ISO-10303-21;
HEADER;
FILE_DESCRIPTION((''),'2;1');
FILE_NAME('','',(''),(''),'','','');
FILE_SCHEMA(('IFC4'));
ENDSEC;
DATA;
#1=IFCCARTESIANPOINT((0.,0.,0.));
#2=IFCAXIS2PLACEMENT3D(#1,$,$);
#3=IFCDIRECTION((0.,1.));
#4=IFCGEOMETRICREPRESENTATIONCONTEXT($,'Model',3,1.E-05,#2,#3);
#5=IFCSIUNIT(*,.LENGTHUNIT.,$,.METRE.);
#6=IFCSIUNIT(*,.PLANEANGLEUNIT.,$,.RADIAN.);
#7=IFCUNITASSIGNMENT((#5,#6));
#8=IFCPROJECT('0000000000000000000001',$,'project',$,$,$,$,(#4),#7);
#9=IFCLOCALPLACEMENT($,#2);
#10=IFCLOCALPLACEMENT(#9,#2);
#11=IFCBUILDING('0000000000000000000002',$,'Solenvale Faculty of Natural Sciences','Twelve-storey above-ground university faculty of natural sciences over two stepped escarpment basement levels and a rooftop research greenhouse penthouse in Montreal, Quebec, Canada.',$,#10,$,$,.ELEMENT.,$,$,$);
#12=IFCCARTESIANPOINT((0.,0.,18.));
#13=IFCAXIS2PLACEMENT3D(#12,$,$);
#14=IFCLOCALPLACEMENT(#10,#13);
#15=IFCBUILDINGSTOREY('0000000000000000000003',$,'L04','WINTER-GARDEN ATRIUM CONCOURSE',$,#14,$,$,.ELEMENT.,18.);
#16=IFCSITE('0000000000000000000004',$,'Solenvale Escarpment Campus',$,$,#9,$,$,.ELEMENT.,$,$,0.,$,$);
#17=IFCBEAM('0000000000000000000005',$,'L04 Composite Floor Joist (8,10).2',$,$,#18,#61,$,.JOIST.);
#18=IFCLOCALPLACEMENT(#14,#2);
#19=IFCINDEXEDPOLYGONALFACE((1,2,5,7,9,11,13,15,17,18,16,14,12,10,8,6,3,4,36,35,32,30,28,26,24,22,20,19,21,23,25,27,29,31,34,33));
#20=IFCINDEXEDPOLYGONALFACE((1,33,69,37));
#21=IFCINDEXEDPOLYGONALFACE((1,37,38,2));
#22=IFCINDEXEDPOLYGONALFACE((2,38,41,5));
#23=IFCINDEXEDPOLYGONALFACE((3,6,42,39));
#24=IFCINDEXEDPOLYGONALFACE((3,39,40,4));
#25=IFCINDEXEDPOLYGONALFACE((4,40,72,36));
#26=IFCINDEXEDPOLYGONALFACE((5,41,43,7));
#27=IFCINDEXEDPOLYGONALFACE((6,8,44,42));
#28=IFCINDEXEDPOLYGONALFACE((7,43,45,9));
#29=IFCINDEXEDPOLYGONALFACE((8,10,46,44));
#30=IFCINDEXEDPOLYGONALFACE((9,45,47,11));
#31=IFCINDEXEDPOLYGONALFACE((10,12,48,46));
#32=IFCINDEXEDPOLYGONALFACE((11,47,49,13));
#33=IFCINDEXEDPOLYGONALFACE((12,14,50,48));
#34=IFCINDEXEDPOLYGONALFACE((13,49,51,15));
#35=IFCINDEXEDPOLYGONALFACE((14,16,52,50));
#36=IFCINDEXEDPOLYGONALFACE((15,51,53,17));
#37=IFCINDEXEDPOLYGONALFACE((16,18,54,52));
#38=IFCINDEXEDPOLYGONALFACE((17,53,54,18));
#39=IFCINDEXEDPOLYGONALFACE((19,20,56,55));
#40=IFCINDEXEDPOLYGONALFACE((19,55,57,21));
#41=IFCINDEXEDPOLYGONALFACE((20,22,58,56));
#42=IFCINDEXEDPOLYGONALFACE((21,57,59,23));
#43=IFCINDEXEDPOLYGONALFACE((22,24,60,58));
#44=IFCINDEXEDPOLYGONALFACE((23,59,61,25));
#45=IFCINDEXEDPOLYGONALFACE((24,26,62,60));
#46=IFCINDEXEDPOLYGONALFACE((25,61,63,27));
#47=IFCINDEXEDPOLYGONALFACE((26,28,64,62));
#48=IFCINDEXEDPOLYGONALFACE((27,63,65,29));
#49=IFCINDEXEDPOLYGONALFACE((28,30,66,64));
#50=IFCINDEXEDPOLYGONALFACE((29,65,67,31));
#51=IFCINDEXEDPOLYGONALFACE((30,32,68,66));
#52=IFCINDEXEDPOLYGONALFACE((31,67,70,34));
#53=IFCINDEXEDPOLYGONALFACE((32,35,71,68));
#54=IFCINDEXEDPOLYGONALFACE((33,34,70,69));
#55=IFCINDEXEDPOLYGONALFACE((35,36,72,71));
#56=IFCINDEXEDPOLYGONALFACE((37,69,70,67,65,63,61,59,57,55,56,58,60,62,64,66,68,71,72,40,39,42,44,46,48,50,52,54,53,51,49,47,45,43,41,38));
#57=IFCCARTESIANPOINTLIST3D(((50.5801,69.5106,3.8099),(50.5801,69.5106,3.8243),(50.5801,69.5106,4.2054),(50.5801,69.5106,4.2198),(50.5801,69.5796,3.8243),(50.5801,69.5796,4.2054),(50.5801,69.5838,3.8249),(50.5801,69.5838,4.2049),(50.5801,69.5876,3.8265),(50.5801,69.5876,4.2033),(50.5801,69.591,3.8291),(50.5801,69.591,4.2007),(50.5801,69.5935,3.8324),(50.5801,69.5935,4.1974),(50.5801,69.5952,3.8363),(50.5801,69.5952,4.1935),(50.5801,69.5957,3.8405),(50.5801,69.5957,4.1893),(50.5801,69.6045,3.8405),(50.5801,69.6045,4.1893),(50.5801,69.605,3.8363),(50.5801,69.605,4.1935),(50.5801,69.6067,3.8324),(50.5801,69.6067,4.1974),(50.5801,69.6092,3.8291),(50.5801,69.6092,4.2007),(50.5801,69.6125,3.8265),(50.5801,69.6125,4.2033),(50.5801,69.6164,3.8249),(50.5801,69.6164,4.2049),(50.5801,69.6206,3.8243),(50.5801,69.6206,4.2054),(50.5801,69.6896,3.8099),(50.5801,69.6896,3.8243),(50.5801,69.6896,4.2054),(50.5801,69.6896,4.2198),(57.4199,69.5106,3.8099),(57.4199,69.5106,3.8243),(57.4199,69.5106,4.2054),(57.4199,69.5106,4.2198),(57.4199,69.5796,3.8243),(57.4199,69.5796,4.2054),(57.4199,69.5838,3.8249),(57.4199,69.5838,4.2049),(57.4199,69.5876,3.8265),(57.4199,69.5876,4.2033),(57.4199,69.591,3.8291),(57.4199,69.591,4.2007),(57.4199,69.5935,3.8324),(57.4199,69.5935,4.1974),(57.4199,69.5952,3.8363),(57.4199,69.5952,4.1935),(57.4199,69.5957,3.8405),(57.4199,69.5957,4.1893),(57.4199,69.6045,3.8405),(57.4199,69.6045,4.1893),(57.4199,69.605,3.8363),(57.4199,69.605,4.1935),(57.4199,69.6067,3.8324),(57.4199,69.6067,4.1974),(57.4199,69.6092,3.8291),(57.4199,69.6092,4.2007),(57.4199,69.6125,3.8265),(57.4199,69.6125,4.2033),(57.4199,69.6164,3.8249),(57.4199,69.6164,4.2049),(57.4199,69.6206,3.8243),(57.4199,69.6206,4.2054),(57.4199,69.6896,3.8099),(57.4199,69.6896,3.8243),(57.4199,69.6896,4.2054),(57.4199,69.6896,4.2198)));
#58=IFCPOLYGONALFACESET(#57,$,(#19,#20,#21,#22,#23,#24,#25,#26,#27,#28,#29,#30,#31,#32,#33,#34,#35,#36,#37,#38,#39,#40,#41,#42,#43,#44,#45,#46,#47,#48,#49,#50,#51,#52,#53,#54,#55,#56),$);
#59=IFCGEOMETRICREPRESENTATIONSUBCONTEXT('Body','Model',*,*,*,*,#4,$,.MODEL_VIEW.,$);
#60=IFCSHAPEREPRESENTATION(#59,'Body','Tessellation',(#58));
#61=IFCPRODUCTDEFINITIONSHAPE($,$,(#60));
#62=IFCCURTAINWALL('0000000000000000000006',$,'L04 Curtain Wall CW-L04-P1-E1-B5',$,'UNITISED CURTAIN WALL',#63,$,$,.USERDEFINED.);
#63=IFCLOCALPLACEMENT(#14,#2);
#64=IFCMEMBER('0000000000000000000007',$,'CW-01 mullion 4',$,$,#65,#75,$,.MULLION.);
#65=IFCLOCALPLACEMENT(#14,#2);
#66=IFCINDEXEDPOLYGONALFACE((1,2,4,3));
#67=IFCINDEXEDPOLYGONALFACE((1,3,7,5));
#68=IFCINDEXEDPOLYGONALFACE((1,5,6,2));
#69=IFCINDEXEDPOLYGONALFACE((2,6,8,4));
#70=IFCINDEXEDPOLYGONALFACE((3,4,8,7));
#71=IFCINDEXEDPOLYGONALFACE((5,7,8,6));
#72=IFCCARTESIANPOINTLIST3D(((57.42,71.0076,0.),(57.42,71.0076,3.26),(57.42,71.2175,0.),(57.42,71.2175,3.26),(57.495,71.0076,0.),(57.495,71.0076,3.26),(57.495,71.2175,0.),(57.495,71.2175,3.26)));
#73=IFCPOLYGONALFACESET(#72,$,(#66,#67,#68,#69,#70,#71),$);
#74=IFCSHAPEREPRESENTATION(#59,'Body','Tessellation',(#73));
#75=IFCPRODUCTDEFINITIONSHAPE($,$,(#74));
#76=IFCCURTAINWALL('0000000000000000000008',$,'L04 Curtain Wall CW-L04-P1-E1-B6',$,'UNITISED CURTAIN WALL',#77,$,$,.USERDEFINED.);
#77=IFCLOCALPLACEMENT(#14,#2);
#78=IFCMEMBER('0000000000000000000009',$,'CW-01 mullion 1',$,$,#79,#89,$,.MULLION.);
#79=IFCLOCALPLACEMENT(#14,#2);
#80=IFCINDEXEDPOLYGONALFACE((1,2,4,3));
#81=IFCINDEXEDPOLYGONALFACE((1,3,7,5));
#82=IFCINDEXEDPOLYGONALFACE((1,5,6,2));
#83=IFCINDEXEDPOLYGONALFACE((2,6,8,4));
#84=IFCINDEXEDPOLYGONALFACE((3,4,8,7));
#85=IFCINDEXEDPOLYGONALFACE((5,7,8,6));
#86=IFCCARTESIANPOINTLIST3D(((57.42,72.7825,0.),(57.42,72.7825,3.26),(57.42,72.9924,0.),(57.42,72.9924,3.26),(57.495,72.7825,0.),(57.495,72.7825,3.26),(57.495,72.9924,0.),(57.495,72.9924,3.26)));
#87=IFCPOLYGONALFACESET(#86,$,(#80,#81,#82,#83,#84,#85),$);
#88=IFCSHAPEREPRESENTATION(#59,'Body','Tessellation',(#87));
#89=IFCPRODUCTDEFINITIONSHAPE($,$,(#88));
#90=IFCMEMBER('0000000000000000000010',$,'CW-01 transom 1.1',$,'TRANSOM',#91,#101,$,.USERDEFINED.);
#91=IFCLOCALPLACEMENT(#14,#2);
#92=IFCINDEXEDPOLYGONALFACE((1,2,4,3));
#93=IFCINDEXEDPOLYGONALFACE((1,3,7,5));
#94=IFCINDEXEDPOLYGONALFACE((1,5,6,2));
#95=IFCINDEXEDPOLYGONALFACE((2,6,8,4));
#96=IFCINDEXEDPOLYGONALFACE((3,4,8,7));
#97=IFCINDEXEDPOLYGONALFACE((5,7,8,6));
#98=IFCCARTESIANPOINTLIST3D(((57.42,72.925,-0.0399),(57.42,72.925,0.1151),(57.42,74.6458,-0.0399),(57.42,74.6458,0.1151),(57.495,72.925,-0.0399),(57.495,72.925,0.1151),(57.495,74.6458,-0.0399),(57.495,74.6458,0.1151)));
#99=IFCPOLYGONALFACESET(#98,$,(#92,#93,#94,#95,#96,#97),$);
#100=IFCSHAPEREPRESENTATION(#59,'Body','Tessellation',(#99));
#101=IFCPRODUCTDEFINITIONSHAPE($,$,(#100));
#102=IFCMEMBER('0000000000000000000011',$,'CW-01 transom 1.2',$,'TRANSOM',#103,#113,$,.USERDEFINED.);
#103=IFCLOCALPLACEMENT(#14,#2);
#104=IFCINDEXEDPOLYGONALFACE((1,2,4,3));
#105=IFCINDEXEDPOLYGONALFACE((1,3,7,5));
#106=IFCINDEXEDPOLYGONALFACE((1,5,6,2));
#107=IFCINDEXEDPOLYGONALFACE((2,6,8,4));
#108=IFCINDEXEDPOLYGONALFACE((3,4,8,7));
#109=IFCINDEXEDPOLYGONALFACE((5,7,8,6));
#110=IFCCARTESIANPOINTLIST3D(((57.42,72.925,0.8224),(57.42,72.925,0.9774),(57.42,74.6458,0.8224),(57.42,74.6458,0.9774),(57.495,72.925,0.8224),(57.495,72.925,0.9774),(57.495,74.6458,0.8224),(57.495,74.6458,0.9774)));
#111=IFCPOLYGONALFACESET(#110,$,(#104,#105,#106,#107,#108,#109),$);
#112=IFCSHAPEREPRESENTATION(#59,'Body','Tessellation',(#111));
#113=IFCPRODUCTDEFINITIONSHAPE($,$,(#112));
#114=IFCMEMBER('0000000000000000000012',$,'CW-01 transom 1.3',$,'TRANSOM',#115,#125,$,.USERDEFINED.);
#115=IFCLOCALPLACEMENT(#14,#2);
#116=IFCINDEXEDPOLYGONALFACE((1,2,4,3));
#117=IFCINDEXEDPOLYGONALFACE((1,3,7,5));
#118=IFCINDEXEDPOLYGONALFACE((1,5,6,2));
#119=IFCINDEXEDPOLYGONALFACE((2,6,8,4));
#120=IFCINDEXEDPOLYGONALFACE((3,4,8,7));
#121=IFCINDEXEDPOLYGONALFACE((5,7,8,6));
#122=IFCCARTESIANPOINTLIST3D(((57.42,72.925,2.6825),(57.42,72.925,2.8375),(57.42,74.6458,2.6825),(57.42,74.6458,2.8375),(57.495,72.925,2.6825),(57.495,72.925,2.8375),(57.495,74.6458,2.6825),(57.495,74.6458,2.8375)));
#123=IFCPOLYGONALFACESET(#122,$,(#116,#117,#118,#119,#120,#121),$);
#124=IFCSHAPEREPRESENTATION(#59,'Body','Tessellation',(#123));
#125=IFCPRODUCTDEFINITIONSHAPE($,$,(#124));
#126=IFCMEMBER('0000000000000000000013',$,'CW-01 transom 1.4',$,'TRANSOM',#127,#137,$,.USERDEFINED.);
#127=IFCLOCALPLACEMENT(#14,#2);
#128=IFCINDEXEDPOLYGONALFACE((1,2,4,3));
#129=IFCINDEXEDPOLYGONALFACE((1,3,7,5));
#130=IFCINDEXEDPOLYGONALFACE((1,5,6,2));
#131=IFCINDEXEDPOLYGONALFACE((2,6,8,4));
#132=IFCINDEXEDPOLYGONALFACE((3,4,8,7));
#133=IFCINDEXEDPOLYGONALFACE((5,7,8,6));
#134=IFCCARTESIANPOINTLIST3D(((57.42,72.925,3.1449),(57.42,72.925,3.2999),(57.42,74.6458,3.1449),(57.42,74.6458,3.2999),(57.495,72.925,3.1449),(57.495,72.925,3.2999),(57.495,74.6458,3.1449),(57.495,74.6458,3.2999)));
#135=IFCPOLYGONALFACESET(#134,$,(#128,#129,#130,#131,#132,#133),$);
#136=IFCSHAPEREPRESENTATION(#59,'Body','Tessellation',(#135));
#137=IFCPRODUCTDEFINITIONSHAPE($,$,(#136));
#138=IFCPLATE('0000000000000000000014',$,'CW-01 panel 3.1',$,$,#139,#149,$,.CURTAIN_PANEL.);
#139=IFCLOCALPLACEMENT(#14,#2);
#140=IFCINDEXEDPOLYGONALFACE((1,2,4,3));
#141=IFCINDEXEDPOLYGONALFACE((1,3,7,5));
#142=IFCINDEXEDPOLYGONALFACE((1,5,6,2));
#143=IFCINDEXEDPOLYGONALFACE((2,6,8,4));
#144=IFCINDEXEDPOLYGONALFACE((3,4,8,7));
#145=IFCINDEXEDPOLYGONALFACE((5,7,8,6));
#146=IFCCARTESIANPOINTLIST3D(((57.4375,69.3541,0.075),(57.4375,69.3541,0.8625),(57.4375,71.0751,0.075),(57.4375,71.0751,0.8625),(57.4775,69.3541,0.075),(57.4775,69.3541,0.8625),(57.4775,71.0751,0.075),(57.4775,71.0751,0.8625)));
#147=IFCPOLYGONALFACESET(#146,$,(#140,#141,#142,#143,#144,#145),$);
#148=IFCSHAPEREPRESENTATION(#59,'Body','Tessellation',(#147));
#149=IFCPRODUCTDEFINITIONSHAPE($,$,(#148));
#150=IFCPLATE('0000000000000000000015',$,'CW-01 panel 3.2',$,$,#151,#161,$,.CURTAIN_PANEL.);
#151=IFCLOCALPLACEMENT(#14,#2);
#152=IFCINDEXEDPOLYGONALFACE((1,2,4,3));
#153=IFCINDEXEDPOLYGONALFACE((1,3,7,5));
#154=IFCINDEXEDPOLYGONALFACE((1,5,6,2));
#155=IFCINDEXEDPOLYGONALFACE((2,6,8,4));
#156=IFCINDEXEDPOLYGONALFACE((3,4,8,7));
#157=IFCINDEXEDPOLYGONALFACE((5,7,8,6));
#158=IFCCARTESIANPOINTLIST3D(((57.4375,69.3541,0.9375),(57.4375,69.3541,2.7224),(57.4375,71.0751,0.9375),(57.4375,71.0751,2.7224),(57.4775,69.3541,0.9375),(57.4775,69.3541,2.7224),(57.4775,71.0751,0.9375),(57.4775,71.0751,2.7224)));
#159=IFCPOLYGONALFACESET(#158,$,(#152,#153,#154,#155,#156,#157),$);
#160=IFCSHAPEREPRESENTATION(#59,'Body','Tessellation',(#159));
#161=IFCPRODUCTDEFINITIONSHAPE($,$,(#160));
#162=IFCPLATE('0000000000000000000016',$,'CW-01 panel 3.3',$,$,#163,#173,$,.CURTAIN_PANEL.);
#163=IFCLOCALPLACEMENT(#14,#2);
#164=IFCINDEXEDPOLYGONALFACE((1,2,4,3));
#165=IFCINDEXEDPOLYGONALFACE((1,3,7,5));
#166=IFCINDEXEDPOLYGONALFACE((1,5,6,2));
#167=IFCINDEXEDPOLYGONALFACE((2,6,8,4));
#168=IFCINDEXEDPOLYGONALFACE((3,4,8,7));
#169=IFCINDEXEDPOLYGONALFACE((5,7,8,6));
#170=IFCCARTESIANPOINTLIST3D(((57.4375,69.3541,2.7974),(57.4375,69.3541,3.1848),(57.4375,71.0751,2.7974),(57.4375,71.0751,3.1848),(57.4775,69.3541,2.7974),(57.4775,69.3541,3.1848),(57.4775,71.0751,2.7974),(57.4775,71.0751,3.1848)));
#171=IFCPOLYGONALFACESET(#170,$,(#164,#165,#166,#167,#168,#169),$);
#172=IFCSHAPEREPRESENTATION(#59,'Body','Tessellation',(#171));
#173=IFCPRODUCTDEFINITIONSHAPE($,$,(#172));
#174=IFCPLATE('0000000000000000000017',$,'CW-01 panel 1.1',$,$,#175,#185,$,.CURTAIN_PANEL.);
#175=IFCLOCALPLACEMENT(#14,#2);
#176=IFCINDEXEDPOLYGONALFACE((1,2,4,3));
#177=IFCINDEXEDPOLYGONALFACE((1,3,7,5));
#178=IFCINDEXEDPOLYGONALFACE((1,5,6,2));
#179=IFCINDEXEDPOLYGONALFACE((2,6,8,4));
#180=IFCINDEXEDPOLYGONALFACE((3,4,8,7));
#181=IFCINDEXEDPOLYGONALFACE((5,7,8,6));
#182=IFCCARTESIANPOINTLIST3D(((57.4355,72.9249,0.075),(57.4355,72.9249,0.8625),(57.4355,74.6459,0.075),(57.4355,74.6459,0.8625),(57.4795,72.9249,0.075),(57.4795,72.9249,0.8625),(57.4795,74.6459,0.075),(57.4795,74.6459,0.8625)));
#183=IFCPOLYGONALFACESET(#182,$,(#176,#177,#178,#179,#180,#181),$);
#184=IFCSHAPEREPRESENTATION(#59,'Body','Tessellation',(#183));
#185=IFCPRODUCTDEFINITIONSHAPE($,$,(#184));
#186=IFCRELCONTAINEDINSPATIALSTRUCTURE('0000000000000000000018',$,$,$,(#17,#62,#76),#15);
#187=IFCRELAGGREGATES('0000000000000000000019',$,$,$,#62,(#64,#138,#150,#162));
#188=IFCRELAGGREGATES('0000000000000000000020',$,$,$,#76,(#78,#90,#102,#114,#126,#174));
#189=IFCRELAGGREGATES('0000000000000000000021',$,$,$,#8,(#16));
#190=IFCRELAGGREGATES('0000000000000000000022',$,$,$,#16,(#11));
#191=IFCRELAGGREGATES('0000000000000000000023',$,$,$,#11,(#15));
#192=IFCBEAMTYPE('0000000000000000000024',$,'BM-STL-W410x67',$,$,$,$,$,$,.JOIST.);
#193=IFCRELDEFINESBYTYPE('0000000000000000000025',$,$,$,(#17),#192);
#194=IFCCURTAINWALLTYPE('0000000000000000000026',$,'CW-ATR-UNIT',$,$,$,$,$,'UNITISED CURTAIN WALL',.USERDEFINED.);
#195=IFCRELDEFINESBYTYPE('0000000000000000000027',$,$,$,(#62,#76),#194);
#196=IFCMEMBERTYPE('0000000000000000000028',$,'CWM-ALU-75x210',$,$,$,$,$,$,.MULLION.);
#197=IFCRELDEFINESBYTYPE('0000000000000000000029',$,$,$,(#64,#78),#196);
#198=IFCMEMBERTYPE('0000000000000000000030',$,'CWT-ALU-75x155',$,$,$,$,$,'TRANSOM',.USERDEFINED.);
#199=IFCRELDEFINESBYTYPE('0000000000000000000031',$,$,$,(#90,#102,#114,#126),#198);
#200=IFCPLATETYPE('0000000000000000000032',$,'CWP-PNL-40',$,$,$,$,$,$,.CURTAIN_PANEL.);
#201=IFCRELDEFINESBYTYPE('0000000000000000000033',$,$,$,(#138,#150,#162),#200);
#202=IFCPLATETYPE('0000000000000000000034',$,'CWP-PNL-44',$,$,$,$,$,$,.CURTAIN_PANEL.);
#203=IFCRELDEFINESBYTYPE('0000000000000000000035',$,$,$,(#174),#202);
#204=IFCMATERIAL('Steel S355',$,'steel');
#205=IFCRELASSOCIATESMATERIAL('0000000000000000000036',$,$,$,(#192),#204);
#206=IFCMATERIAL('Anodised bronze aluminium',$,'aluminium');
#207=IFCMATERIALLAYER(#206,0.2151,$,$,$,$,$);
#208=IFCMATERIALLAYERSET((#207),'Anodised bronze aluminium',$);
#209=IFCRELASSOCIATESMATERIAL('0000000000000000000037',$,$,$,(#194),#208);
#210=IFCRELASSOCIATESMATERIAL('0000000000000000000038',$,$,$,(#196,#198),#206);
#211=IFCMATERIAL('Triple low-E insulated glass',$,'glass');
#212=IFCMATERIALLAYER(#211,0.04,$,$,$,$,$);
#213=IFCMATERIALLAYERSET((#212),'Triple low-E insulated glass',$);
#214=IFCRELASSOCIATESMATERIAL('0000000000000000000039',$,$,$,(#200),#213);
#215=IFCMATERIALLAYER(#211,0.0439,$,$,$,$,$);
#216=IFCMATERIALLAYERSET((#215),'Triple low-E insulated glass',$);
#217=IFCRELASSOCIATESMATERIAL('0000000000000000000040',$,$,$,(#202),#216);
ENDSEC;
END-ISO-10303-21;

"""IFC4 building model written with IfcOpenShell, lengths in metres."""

from ifc_helpers import new_model, si_unit, direction, frame, origin, origin_2d, place, context, subcontext, project, spatial, rectangle, i_section, extrude, material, layer, layer_set, material_profile, profile_set, type_object, element, aggregate, save


model = new_model("IFC4")

# Units and contexts
model_context = context("Model", 3, precision=1e-05, world=origin(), true_north=direction((0.0, 1.0)))
body_context = subcontext(model_context, "Body", "Model", "MODEL_VIEW")
ifc_project = project(units=[si_unit("LENGTHUNIT", "METRE"), si_unit("PLANEANGLEUNIT", "RADIAN")], contexts=[model_context])

# Site, building, storey
site_placement = place(None, origin())
site = spatial("IfcSite", under=ifc_project, at=site_placement, Name="Solenvale Escarpment Campus", CompositionType="ELEMENT", RefElevation=0.0)
building_placement = place(site_placement, origin())
building = spatial("IfcBuilding", under=site, at=building_placement, Name="Solenvale Faculty of Natural Sciences", Description="Twelve-storey above-ground university faculty of natural sciences over two stepped escarpment basement levels and a rooftop research greenhouse penthouse in Montreal, Quebec, Canada.", CompositionType="ELEMENT")
storey_placement = place(building_placement, frame((0.0, 0.0, 18.0)))
storey = spatial("IfcBuildingStorey", under=building, at=storey_placement, Name="L04", Description="WINTER-GARDEN ATRIUM CONCOURSE", CompositionType="ELEMENT", Elevation=18.0)

# Beam
ifc_material_1 = material(Name="Steel S355", Category="steel")
ifc_material_profile_1 = material_profile(ifc_material_1, i_section(OverallWidth=0.179, OverallDepth=0.4099, WebThickness=0.0088, FlangeThickness=0.0144, FilletRadius=0.0161, at=origin_2d()), Name="W410x67")
ifc_profile_set_1 = profile_set([ifc_material_profile_1], Name="Steel S355")
beam_type_1 = type_object("IfcBeamType", Name="BM-STL-W410x67", PredefinedType="JOIST", material=ifc_profile_set_1)
beam_1_placement = place(storey_placement, frame((50.5801, 69.6001, 4.0149), z_axis=(1.0, 0.0, 0.0), x_axis=(0.0, 1.0, 0.0)))
element("IfcBeam", 1, at=beam_1_placement, inside=storey, type_object=beam_type_1, Name="L04 Composite Floor Joist (8,10).2", PredefinedType="JOIST", context=body_context, shape_type="SweptSolid", body=[
    extrude(i_section(OverallWidth=0.179, OverallDepth=0.4099, WebThickness=0.0088, FlangeThickness=0.0144, FilletRadius=0.0161, at=origin_2d()), origin(), (0.0, 0.0, 1.0), 6.8398),
])

# Curtain wall, member
ifc_material_2 = material(Name="Anodised bronze aluminium", Category="aluminium")
ifc_layer_1 = layer(ifc_material_2, 0.2151)
ifc_layer_set_1 = layer_set([ifc_layer_1], Name="Anodised bronze aluminium")
curtain_wall_type = type_object("IfcCurtainWallType", Name="CW-ATR-UNIT", ElementType="UNITISED CURTAIN WALL", PredefinedType="USERDEFINED", material=ifc_layer_set_1)
curtain_wall_1_placement = place(storey_placement, origin())
curtain_wall_1 = element("IfcCurtainWall", 2, at=curtain_wall_1_placement, inside=storey, type_object=curtain_wall_type, Name="L04 Curtain Wall CW-L04-P1-E1-B5", ObjectType="UNITISED CURTAIN WALL", PredefinedType="USERDEFINED")
ifc_material_profile_2 = material_profile(ifc_material_2, rectangle(XDim=0.075, YDim=0.21, at=origin_2d()), Name="ALU-MUL-75x210")
ifc_profile_set_2 = profile_set([ifc_material_profile_2], Name="Anodised bronze aluminium")
member_type_1 = type_object("IfcMemberType", Name="CWM-ALU-75x210", PredefinedType="MULLION", material=ifc_profile_set_2)
member_1_placement = place(storey_placement, frame((57.4575, 71.1125, 0.0), z_axis=(0.0, 0.0, 1.0), x_axis=(-1.0, 0.0, 0.0)))
member_1 = element("IfcMember", 3, at=member_1_placement, type_object=member_type_1, Name="CW-01 mullion 4", PredefinedType="MULLION", context=body_context, shape_type="SweptSolid", body=[
    extrude(rectangle(XDim=0.075, YDim=0.21, at=origin_2d()), origin(), (0.0, 0.0, 1.0), 3.26),
])

# Curtain wall, members
curtain_wall_2_placement = place(storey_placement, origin())
curtain_wall_2 = element("IfcCurtainWall", 4, at=curtain_wall_2_placement, inside=storey, type_object=curtain_wall_type, Name="L04 Curtain Wall CW-L04-P1-E1-B6", ObjectType="UNITISED CURTAIN WALL", PredefinedType="USERDEFINED")
member_2_placement = place(storey_placement, frame((57.4575, 72.8875, 0.0), z_axis=(0.0, 0.0, 1.0), x_axis=(-1.0, 0.0, 0.0)))
member_2 = element("IfcMember", 5, at=member_2_placement, type_object=member_type_1, Name="CW-01 mullion 1", PredefinedType="MULLION", context=body_context, shape_type="SweptSolid", body=[
    extrude(rectangle(XDim=0.075, YDim=0.21, at=origin_2d()), origin(), (0.0, 0.0, 1.0), 3.26),
])
ifc_material_profile_3 = material_profile(ifc_material_2, rectangle(XDim=0.075, YDim=0.155, at=origin_2d()), Name="ALU-TRN-75x155")
ifc_profile_set_3 = profile_set([ifc_material_profile_3], Name="Anodised bronze aluminium")
member_type_2 = type_object("IfcMemberType", Name="CWT-ALU-75x155", ElementType="TRANSOM", PredefinedType="USERDEFINED", material=ifc_profile_set_3)
member_3_placement = place(storey_placement, frame((57.4575, 72.925, 0.0376), z_axis=(0.0, 1.0, 0.0), x_axis=(-1.0, 0.0, 0.0)))
member_3 = element("IfcMember", 6, at=member_3_placement, type_object=member_type_2, Name="CW-01 transom 1.1", ObjectType="TRANSOM", PredefinedType="USERDEFINED", context=body_context, shape_type="SweptSolid", body=[
    extrude(rectangle(XDim=0.075, YDim=0.155, at=origin_2d()), origin(), (0.0, 0.0, 1.0), 1.7207),
])
member_4_placement = place(storey_placement, frame((57.4575, 72.925, 0.8999), z_axis=(0.0, 1.0, 0.0), x_axis=(-1.0, 0.0, 0.0)))
member_4 = element("IfcMember", 7, at=member_4_placement, type_object=member_type_2, Name="CW-01 transom 1.2", ObjectType="TRANSOM", PredefinedType="USERDEFINED", context=body_context, shape_type="SweptSolid", body=[
    extrude(rectangle(XDim=0.075, YDim=0.155, at=origin_2d()), origin(), (0.0, 0.0, 1.0), 1.7207),
])
member_5_placement = place(storey_placement, frame((57.4575, 72.925, 2.76), z_axis=(0.0, 1.0, 0.0), x_axis=(-1.0, 0.0, 0.0)))
member_5 = element("IfcMember", 8, at=member_5_placement, type_object=member_type_2, Name="CW-01 transom 1.3", ObjectType="TRANSOM", PredefinedType="USERDEFINED", context=body_context, shape_type="SweptSolid", body=[
    extrude(rectangle(XDim=0.075, YDim=0.155, at=origin_2d()), origin(), (0.0, 0.0, 1.0), 1.7207),
])
member_6_placement = place(storey_placement, frame((57.4575, 72.925, 3.2224), z_axis=(0.0, 1.0, 0.0), x_axis=(-1.0, 0.0, 0.0)))
member_6 = element("IfcMember", 9, at=member_6_placement, type_object=member_type_2, Name="CW-01 transom 1.4", ObjectType="TRANSOM", PredefinedType="USERDEFINED", context=body_context, shape_type="SweptSolid", body=[
    extrude(rectangle(XDim=0.075, YDim=0.155, at=origin_2d()), origin(), (0.0, 0.0, 1.0), 1.7207),
])

# Plates
ifc_material_3 = material(Name="Triple low-E insulated glass", Category="glass")
ifc_layer_2 = layer(ifc_material_3, 0.04)
ifc_layer_set_2 = layer_set([ifc_layer_2], Name="Triple low-E insulated glass")
plate_type_1 = type_object("IfcPlateType", Name="CWP-PNL-40", PredefinedType="CURTAIN_PANEL", material=ifc_layer_set_2)
plate_1_placement = place(storey_placement, frame((57.4575, 70.2146, 0.075), z_axis=(0.0, 0.0, 1.0), x_axis=(0.0, 1.0, 0.0)))
plate_1 = element("IfcPlate", 10, at=plate_1_placement, type_object=plate_type_1, Name="CW-01 panel 3.1", PredefinedType="CURTAIN_PANEL", context=body_context, shape_type="SweptSolid", body=[
    extrude(rectangle(XDim=1.7209, YDim=0.04, at=origin_2d()), origin(), (0.0, 0.0, 1.0), 0.7876),
])
plate_2_placement = place(storey_placement, frame((57.4575, 70.2146, 0.9375), z_axis=(0.0, 0.0, 1.0), x_axis=(0.0, 1.0, 0.0)))
plate_2 = element("IfcPlate", 11, at=plate_2_placement, type_object=plate_type_1, Name="CW-01 panel 3.2", PredefinedType="CURTAIN_PANEL", context=body_context, shape_type="SweptSolid", body=[
    extrude(rectangle(XDim=1.7209, YDim=0.04, at=origin_2d()), origin(), (0.0, 0.0, 1.0), 1.7849),
])
plate_3_placement = place(storey_placement, frame((57.4575, 70.2146, 2.7974), z_axis=(0.0, 0.0, 1.0), x_axis=(0.0, 1.0, 0.0)))
plate_3 = element("IfcPlate", 12, at=plate_3_placement, type_object=plate_type_1, Name="CW-01 panel 3.3", PredefinedType="CURTAIN_PANEL", context=body_context, shape_type="SweptSolid", body=[
    extrude(rectangle(XDim=1.7209, YDim=0.04, at=origin_2d()), origin(), (0.0, 0.0, 1.0), 0.3875),
])
aggregate(curtain_wall_1, [member_1, plate_1, plate_2, plate_3])
ifc_layer_3 = layer(ifc_material_3, 0.0439)
ifc_layer_set_3 = layer_set([ifc_layer_3], Name="Triple low-E insulated glass")
plate_type_2 = type_object("IfcPlateType", Name="CWP-PNL-44", PredefinedType="CURTAIN_PANEL", material=ifc_layer_set_3)
plate_4_placement = place(storey_placement, frame((57.4575, 73.7854, 0.075), z_axis=(0.0, 0.0, 1.0), x_axis=(0.0, 1.0, 0.0)))
plate_4 = element("IfcPlate", 13, at=plate_4_placement, type_object=plate_type_2, Name="CW-01 panel 1.1", PredefinedType="CURTAIN_PANEL", context=body_context, shape_type="SweptSolid", body=[
    extrude(rectangle(XDim=1.7209, YDim=0.0439, at=origin_2d()), origin(), (0.0, 0.0, 1.0), 0.7876),
])
aggregate(curtain_wall_2, [member_2, member_3, member_4, member_5, member_6, plate_4])

save(model, "model.ifc")
